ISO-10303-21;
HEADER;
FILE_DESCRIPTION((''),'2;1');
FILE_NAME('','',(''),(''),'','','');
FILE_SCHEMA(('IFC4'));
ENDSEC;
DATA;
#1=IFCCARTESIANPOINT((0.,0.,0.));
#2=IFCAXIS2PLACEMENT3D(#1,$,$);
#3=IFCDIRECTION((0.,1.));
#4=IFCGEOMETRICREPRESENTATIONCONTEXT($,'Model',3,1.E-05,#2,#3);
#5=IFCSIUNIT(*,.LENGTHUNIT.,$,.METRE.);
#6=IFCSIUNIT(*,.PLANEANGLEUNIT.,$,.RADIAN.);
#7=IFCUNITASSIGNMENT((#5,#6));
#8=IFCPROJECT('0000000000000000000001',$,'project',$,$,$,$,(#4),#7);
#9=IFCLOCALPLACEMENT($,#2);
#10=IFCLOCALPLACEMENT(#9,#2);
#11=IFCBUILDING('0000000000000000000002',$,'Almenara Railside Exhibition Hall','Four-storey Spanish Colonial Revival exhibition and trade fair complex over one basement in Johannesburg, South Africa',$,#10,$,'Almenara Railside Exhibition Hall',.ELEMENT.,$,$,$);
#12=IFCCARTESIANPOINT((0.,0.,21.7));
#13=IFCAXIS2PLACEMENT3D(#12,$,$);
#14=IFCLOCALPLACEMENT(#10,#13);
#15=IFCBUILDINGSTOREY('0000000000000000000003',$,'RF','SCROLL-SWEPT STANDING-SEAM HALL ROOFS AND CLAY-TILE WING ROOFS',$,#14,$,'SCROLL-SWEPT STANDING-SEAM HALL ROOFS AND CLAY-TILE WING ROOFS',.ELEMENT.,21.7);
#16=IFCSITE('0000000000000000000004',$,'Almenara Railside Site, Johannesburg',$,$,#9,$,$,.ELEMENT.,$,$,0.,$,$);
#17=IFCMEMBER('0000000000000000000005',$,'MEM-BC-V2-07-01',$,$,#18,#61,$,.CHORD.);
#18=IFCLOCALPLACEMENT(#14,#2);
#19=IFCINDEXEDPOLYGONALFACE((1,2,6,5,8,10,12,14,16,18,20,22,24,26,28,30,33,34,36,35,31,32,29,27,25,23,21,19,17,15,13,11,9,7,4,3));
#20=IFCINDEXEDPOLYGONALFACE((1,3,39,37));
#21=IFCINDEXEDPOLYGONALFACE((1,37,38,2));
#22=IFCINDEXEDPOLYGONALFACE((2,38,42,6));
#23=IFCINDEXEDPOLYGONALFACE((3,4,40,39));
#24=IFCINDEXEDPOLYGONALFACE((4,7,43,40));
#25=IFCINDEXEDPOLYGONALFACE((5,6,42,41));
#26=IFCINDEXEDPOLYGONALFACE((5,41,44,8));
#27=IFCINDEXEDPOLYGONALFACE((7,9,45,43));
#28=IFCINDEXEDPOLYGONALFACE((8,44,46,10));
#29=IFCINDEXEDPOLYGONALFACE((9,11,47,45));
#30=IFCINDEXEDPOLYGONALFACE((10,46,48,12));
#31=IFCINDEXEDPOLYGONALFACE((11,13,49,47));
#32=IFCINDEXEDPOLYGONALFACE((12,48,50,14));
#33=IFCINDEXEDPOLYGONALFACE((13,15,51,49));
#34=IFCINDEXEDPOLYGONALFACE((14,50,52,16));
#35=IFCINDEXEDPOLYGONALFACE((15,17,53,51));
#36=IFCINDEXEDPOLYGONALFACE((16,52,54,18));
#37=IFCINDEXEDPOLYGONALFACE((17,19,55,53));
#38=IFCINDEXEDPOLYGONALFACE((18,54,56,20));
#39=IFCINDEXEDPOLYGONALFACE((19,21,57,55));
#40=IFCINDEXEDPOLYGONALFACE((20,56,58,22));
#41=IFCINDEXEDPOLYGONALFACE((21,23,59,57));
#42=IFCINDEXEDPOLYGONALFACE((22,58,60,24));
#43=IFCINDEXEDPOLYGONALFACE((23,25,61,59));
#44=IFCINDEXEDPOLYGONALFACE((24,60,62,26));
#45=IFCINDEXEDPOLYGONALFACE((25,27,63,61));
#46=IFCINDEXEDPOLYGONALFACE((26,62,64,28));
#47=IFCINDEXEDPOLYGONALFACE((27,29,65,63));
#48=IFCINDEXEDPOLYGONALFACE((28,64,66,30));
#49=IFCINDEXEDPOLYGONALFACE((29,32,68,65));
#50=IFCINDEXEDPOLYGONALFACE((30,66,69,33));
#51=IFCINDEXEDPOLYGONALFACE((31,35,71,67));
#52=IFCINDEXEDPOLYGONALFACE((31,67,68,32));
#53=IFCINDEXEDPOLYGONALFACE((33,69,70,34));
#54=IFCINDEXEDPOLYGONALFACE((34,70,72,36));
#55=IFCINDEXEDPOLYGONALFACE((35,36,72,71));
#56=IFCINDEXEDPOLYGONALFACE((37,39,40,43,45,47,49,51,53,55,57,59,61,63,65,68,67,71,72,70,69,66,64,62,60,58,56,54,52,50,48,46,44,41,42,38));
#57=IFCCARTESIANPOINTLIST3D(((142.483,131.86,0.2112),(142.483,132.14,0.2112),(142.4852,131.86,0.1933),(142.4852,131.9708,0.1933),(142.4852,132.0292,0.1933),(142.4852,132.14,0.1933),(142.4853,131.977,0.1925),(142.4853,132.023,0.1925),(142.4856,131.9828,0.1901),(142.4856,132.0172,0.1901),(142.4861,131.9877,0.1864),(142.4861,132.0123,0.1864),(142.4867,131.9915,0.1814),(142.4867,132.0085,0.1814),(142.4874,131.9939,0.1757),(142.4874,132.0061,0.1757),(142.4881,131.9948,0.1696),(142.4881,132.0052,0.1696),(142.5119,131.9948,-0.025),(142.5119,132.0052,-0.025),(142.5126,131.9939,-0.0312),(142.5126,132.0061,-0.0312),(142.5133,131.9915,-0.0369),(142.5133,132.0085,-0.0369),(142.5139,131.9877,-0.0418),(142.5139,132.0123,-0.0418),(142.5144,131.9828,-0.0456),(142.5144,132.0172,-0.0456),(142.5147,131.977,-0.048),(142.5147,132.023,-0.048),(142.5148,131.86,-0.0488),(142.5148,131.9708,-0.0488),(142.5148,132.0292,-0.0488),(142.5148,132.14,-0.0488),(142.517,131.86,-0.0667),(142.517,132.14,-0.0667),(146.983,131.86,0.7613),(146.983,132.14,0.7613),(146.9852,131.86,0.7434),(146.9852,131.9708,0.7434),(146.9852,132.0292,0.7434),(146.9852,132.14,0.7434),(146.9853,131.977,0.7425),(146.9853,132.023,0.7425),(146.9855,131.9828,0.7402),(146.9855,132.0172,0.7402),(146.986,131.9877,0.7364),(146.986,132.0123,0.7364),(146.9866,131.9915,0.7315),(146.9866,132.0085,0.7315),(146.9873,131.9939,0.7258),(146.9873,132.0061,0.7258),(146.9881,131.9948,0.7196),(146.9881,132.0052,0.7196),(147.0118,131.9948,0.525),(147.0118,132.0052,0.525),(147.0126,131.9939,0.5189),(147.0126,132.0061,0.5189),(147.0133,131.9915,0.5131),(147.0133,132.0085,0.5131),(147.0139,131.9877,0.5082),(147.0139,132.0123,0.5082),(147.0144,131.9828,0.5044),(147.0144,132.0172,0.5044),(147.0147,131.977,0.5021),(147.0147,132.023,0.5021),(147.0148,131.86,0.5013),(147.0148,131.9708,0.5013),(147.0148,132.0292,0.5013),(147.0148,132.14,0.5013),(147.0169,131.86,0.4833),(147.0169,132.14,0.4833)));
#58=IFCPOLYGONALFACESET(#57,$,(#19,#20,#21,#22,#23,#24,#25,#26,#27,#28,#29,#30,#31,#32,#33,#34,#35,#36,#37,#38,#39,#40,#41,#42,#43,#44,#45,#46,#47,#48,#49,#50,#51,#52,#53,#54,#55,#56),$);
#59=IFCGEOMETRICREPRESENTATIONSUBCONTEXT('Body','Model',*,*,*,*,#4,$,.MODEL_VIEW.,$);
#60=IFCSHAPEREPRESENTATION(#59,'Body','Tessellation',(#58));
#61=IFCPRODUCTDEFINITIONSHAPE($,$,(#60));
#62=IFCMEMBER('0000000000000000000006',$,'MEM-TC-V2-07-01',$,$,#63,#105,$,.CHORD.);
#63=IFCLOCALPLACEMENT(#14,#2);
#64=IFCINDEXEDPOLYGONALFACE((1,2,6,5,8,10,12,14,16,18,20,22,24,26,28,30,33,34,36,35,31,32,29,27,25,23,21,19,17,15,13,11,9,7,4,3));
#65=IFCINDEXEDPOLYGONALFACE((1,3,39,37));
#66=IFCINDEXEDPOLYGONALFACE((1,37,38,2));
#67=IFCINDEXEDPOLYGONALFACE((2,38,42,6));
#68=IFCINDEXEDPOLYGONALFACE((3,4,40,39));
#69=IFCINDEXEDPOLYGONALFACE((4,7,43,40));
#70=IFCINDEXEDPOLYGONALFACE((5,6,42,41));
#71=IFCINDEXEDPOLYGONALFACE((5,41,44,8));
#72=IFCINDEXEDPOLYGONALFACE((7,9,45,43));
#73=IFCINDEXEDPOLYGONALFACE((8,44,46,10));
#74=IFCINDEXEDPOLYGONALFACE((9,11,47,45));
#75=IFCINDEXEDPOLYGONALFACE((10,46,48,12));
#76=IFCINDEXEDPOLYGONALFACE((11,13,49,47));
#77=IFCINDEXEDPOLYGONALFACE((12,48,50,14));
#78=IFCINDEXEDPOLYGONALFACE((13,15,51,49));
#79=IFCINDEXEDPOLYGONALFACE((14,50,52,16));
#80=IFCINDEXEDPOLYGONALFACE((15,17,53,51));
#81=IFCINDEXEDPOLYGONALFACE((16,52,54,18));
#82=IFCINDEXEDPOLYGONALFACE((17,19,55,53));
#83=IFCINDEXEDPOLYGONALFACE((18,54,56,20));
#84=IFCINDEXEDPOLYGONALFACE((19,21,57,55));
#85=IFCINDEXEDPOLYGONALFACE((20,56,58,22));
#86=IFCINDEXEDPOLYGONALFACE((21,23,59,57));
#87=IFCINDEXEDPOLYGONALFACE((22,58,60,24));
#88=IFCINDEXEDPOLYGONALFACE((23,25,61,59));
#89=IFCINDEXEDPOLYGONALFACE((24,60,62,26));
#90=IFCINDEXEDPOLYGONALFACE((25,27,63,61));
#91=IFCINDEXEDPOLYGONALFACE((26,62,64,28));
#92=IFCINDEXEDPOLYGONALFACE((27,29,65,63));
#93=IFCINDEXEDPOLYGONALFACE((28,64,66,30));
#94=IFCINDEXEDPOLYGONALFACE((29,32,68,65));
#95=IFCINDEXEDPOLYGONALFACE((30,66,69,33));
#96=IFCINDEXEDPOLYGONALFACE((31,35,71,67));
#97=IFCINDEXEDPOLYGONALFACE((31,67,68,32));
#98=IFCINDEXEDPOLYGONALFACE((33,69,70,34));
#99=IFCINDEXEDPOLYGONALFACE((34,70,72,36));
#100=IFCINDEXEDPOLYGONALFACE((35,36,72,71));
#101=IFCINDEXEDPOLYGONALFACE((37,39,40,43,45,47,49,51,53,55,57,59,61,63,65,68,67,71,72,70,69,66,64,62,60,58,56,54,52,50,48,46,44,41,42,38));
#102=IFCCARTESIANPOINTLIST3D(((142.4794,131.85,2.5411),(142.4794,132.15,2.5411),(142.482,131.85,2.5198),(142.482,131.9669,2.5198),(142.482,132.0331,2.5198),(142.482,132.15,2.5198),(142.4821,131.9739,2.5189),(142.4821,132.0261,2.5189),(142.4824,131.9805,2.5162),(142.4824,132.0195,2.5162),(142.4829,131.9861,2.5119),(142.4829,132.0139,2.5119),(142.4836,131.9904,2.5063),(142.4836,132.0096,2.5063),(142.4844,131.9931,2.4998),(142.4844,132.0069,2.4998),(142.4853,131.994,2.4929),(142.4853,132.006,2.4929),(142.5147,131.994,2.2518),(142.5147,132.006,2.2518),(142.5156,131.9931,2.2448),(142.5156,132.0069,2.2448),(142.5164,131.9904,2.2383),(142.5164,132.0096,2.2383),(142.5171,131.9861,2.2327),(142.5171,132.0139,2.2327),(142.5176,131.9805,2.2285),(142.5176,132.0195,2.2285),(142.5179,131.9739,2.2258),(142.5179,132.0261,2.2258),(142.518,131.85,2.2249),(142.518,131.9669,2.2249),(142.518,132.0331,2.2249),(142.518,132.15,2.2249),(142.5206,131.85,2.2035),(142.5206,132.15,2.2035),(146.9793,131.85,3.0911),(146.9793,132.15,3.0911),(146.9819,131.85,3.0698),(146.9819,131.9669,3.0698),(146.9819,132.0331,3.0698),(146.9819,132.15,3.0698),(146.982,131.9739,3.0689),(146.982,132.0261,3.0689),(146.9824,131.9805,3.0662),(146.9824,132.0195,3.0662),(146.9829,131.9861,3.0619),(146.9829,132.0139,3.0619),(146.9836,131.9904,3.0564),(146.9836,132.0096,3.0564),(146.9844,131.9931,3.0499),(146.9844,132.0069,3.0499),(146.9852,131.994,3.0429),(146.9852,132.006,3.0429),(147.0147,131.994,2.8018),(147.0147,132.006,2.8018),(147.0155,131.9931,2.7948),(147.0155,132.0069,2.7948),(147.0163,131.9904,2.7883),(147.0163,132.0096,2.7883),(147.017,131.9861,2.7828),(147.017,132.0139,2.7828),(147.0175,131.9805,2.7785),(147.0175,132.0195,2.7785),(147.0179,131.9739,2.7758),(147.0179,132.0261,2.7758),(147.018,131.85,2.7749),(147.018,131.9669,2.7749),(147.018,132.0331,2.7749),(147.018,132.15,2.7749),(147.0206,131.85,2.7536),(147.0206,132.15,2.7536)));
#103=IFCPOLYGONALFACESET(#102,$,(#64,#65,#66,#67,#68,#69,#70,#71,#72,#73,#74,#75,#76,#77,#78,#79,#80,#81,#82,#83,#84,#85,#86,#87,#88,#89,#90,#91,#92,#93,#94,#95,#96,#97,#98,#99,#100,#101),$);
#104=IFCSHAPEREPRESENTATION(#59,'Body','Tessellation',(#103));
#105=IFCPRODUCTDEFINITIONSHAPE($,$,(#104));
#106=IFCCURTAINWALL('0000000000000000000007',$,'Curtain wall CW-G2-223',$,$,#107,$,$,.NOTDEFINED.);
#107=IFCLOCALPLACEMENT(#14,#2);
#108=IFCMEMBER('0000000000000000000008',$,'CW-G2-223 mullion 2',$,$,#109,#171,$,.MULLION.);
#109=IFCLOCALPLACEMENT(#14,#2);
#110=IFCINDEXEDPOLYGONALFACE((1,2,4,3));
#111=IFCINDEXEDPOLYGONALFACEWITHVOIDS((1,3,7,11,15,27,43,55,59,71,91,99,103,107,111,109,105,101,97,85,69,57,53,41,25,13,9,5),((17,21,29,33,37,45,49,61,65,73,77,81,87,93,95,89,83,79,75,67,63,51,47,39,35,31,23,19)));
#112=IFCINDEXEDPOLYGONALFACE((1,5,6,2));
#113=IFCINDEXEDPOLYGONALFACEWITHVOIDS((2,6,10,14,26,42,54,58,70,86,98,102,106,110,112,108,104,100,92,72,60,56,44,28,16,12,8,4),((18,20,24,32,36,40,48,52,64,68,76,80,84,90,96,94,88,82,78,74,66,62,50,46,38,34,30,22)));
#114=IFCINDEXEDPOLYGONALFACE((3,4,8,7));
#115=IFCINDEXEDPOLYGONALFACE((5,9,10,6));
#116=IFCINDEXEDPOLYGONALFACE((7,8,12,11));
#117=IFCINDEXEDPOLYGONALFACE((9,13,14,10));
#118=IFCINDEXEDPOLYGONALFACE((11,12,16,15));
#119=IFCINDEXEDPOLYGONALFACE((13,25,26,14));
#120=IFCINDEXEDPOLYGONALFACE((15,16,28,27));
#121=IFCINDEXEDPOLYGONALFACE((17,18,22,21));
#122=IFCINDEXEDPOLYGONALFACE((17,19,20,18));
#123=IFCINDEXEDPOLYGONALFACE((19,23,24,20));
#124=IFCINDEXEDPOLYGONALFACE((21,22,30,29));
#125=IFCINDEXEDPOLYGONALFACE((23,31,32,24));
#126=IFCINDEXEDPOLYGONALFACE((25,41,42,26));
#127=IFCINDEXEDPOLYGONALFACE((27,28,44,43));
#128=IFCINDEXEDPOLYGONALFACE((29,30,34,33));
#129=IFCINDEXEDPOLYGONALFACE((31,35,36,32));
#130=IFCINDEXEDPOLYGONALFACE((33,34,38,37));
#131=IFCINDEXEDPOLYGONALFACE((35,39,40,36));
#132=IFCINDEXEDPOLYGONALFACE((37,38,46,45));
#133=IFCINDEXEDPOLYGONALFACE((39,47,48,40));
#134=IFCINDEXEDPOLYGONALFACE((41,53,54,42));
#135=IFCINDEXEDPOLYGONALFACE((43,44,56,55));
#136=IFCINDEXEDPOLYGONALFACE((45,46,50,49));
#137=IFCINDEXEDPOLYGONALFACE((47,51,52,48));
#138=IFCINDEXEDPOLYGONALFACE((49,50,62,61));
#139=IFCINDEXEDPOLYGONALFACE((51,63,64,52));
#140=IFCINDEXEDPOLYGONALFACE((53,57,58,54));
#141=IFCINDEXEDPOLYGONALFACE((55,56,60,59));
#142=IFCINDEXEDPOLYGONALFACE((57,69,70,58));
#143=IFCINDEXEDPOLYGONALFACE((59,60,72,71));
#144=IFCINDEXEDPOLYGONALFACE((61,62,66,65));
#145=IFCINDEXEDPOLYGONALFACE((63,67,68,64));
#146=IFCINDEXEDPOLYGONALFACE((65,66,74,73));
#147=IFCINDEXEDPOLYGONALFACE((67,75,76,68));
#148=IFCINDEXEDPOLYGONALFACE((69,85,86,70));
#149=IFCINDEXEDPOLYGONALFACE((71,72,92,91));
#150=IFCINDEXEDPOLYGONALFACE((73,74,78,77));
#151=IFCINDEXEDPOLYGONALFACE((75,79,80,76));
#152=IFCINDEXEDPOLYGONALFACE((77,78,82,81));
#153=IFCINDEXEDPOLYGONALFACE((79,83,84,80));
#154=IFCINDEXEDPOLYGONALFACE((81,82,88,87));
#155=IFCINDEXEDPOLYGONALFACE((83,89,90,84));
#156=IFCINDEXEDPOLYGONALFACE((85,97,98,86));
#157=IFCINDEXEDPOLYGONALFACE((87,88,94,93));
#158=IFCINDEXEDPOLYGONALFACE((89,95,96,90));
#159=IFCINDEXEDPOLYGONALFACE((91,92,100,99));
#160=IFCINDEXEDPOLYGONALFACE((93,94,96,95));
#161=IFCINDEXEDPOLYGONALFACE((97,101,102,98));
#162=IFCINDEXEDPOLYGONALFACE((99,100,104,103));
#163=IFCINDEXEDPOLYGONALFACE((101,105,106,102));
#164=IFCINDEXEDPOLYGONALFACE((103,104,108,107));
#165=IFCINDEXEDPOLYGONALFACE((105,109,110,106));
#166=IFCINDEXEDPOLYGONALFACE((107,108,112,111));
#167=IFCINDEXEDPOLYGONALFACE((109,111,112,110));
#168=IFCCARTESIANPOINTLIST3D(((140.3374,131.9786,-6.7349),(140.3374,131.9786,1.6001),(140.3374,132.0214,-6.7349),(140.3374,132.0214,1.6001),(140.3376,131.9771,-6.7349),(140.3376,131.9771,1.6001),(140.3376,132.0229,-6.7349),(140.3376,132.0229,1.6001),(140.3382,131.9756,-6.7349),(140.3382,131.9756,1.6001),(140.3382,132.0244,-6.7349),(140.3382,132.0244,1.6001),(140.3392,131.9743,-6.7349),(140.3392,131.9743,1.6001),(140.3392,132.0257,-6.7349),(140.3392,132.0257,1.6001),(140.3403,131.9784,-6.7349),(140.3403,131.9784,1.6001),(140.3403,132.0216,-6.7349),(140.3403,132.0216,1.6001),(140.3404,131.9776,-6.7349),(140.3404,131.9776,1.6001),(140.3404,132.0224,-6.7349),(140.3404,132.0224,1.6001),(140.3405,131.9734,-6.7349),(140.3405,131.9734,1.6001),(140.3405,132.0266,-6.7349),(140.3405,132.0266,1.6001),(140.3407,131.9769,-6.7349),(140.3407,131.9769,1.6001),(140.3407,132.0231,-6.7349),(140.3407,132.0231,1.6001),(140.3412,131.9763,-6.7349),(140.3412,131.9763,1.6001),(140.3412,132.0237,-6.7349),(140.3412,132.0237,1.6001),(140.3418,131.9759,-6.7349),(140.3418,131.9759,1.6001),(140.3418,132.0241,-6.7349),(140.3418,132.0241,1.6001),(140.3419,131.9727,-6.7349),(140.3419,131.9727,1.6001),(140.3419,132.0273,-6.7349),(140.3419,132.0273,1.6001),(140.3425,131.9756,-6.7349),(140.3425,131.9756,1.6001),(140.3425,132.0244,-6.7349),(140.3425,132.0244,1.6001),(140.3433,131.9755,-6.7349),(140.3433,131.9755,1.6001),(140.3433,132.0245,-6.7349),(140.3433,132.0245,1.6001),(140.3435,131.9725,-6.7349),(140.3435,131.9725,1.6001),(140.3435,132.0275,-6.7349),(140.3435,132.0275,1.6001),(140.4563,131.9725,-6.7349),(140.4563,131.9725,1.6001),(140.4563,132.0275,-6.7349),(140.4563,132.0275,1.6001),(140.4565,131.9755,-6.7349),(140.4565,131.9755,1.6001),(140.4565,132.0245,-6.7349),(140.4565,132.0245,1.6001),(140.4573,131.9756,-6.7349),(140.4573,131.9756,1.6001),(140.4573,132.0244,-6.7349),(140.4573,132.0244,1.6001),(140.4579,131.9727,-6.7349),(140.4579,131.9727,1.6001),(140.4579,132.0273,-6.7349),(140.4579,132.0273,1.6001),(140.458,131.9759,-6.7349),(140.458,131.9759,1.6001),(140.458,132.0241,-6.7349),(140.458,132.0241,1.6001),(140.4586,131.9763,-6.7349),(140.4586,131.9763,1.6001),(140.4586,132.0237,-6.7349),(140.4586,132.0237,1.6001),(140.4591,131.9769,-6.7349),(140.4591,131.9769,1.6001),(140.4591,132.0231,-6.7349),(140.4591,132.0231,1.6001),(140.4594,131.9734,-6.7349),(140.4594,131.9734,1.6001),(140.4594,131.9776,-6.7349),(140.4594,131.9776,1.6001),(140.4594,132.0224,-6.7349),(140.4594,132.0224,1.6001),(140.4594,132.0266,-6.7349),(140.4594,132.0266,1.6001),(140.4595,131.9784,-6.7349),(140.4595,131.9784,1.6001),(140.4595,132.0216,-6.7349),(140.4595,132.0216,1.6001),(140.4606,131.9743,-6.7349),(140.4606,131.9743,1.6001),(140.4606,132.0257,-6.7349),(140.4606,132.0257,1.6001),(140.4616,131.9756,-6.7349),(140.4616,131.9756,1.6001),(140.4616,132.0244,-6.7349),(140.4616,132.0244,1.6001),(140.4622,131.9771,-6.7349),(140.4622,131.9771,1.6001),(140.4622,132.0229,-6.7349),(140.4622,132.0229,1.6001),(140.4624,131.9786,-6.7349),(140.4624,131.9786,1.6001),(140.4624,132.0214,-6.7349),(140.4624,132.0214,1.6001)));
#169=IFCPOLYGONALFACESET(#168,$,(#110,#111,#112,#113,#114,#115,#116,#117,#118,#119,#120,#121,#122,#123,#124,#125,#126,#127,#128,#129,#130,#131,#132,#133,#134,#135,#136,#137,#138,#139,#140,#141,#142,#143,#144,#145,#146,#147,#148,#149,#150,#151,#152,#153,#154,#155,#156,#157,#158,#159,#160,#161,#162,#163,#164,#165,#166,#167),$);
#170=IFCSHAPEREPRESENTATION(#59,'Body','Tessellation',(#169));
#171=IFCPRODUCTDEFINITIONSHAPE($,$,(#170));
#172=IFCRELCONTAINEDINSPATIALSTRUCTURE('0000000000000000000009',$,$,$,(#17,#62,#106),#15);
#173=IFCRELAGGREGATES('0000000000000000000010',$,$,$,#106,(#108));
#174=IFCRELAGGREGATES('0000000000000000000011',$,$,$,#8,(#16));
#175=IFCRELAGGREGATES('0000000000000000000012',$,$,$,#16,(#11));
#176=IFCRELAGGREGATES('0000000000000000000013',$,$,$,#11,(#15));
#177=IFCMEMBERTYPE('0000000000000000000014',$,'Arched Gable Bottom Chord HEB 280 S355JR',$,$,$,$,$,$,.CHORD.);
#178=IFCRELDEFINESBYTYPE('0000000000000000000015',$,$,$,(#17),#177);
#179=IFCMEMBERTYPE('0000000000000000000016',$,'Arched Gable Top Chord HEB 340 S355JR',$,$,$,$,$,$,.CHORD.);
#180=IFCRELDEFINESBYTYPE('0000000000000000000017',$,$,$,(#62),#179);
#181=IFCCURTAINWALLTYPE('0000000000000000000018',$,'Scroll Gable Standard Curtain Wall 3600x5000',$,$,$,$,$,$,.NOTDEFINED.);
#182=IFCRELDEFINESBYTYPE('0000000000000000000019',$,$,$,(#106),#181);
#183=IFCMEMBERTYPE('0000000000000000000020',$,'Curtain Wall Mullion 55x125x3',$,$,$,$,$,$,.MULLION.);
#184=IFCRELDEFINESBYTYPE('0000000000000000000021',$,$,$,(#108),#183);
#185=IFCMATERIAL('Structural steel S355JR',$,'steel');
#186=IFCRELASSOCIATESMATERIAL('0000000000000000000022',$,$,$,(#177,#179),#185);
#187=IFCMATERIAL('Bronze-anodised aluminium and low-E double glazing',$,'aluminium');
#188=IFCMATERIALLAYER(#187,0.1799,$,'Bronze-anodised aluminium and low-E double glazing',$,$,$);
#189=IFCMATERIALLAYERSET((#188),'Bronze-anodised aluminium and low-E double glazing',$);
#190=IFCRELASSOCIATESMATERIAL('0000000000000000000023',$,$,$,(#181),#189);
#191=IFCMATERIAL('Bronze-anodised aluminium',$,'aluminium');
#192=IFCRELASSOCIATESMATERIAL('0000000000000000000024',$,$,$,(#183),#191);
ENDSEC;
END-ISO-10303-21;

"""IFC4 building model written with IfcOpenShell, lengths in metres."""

from ifc_helpers import new_model, si_unit, direction, frame, origin, origin_2d, place, context, subcontext, project, spatial, hollow_rectangle, i_section, extrude, material, layer, layer_set, material_profile, profile_set, type_object, element, aggregate, save


model = new_model("IFC4")

# Units and contexts
model_context = context("Model", 3, precision=1e-05, world=origin(), true_north=direction((0.0, 1.0)))
body_context = subcontext(model_context, "Body", "Model", "MODEL_VIEW")
ifc_project = project(units=[si_unit("LENGTHUNIT", "METRE"), si_unit("PLANEANGLEUNIT", "RADIAN")], contexts=[model_context])

# Site, building, storey
site_placement = place(None, origin())
site = spatial("IfcSite", under=ifc_project, at=site_placement, Name="Almenara Railside Site, Johannesburg", CompositionType="ELEMENT", RefElevation=0.0)
building_placement = place(site_placement, origin())
building = spatial("IfcBuilding", under=site, at=building_placement, Name="Almenara Railside Exhibition Hall", Description="Four-storey Spanish Colonial Revival exhibition and trade fair complex over one basement in Johannesburg, South Africa", LongName="Almenara Railside Exhibition Hall", CompositionType="ELEMENT")
storey_placement = place(building_placement, frame((0.0, 0.0, 21.7)))
storey = spatial("IfcBuildingStorey", under=building, at=storey_placement, Name="RF", Description="SCROLL-SWEPT STANDING-SEAM HALL ROOFS AND CLAY-TILE WING ROOFS", LongName="SCROLL-SWEPT STANDING-SEAM HALL ROOFS AND CLAY-TILE WING ROOFS", CompositionType="ELEMENT", Elevation=21.7)

# Members
ifc_material_1 = material(Name="Structural steel S355JR", Category="steel")
ifc_material_profile_1 = material_profile(ifc_material_1, i_section(OverallWidth=0.28, OverallDepth=0.28, WebThickness=0.0105, FlangeThickness=0.0181, FilletRadius=0.0239, at=origin_2d()), Name="HEB 280")
ifc_profile_set_1 = profile_set([ifc_material_profile_1], Name="Structural steel S355JR")
member_type_1 = type_object("IfcMemberType", Name="Arched Gable Bottom Chord HEB 280 S355JR", PredefinedType="CHORD", material=ifc_profile_set_1)
member_1_placement = place(storey_placement, frame((142.5, 132.0, 0.0723), z_axis=(0.992612, 0.0, 0.12133), x_axis=(0.0, 1.0, 0.0)))
element("IfcMember", 1, at=member_1_placement, inside=storey, type_object=member_type_1, Name="MEM-BC-V2-07-01", PredefinedType="CHORD", context=body_context, shape_type="SweptSolid", body=[
    extrude(i_section(OverallWidth=0.28, OverallDepth=0.28, WebThickness=0.0105, FlangeThickness=0.0181, FilletRadius=0.0239, at=origin_2d()), origin(), (0.0, 0.0, 1.0), 4.5334),
])
ifc_material_profile_2 = material_profile(ifc_material_1, i_section(OverallWidth=0.3, OverallDepth=0.3401, WebThickness=0.012, FlangeThickness=0.0215, FilletRadius=0.0271, at=origin_2d()), Name="HEB 340")
ifc_profile_set_2 = profile_set([ifc_material_profile_2], Name="Structural steel S355JR")
member_type_2 = type_object("IfcMemberType", Name="Arched Gable Top Chord HEB 340 S355JR", PredefinedType="CHORD", material=ifc_profile_set_2)
member_2_placement = place(storey_placement, frame((142.5, 132.0, 2.3723), z_axis=(0.992612, 0.0, 0.12133), x_axis=(0.0, 1.0, 0.0)))
element("IfcMember", 2, at=member_2_placement, inside=storey, type_object=member_type_2, Name="MEM-TC-V2-07-01", PredefinedType="CHORD", context=body_context, shape_type="SweptSolid", body=[
    extrude(i_section(OverallWidth=0.3, OverallDepth=0.3401, WebThickness=0.012, FlangeThickness=0.0215, FilletRadius=0.0271, at=origin_2d()), origin(), (0.0, 0.0, 1.0), 4.5334),
])

# Curtain wall, member
ifc_material_2 = material(Name="Bronze-anodised aluminium and low-E double glazing", Category="aluminium")
ifc_layer_1 = layer(ifc_material_2, 0.1799, Name="Bronze-anodised aluminium and low-E double glazing")
ifc_layer_set_1 = layer_set([ifc_layer_1], Name="Bronze-anodised aluminium and low-E double glazing")
curtain_wall_type = type_object("IfcCurtainWallType", Name="Scroll Gable Standard Curtain Wall 3600x5000", PredefinedType="NOTDEFINED", material=ifc_layer_set_1)
curtain_wall_placement = place(storey_placement, origin())
curtain_wall = element("IfcCurtainWall", 3, at=curtain_wall_placement, inside=storey, type_object=curtain_wall_type, Name="Curtain wall CW-G2-223", PredefinedType="NOTDEFINED")
ifc_material_3 = material(Name="Bronze-anodised aluminium", Category="aluminium")
ifc_material_profile_3 = material_profile(ifc_material_3, hollow_rectangle(XDim=0.0549, YDim=0.125, WallThickness=0.0029, InnerFilletRadius=0.0029, OuterFilletRadius=0.0061, at=origin_2d()), Name="ALU-MUL 55x125x3")
ifc_profile_set_3 = profile_set([ifc_material_profile_3], Name="Bronze-anodised aluminium")
member_type_3 = type_object("IfcMemberType", Name="Curtain Wall Mullion 55x125x3", PredefinedType="MULLION", material=ifc_profile_set_3)
member_3_placement = place(storey_placement, frame((140.3999, 132.0, -6.7349), z_axis=(0.0, 0.0, 1.0), x_axis=(0.0, 1.0, 0.0)))
member_3 = element("IfcMember", 4, at=member_3_placement, type_object=member_type_3, Name="CW-G2-223 mullion 2", PredefinedType="MULLION", context=body_context, shape_type="SweptSolid", body=[
    extrude(hollow_rectangle(XDim=0.0549, YDim=0.125, WallThickness=0.0029, InnerFilletRadius=0.0029, OuterFilletRadius=0.0061, at=origin_2d()), origin(), (0.0, 0.0, 1.0), 8.335),
])

aggregate(curtain_wall, [member_3])

save(model, "model.ifc")
